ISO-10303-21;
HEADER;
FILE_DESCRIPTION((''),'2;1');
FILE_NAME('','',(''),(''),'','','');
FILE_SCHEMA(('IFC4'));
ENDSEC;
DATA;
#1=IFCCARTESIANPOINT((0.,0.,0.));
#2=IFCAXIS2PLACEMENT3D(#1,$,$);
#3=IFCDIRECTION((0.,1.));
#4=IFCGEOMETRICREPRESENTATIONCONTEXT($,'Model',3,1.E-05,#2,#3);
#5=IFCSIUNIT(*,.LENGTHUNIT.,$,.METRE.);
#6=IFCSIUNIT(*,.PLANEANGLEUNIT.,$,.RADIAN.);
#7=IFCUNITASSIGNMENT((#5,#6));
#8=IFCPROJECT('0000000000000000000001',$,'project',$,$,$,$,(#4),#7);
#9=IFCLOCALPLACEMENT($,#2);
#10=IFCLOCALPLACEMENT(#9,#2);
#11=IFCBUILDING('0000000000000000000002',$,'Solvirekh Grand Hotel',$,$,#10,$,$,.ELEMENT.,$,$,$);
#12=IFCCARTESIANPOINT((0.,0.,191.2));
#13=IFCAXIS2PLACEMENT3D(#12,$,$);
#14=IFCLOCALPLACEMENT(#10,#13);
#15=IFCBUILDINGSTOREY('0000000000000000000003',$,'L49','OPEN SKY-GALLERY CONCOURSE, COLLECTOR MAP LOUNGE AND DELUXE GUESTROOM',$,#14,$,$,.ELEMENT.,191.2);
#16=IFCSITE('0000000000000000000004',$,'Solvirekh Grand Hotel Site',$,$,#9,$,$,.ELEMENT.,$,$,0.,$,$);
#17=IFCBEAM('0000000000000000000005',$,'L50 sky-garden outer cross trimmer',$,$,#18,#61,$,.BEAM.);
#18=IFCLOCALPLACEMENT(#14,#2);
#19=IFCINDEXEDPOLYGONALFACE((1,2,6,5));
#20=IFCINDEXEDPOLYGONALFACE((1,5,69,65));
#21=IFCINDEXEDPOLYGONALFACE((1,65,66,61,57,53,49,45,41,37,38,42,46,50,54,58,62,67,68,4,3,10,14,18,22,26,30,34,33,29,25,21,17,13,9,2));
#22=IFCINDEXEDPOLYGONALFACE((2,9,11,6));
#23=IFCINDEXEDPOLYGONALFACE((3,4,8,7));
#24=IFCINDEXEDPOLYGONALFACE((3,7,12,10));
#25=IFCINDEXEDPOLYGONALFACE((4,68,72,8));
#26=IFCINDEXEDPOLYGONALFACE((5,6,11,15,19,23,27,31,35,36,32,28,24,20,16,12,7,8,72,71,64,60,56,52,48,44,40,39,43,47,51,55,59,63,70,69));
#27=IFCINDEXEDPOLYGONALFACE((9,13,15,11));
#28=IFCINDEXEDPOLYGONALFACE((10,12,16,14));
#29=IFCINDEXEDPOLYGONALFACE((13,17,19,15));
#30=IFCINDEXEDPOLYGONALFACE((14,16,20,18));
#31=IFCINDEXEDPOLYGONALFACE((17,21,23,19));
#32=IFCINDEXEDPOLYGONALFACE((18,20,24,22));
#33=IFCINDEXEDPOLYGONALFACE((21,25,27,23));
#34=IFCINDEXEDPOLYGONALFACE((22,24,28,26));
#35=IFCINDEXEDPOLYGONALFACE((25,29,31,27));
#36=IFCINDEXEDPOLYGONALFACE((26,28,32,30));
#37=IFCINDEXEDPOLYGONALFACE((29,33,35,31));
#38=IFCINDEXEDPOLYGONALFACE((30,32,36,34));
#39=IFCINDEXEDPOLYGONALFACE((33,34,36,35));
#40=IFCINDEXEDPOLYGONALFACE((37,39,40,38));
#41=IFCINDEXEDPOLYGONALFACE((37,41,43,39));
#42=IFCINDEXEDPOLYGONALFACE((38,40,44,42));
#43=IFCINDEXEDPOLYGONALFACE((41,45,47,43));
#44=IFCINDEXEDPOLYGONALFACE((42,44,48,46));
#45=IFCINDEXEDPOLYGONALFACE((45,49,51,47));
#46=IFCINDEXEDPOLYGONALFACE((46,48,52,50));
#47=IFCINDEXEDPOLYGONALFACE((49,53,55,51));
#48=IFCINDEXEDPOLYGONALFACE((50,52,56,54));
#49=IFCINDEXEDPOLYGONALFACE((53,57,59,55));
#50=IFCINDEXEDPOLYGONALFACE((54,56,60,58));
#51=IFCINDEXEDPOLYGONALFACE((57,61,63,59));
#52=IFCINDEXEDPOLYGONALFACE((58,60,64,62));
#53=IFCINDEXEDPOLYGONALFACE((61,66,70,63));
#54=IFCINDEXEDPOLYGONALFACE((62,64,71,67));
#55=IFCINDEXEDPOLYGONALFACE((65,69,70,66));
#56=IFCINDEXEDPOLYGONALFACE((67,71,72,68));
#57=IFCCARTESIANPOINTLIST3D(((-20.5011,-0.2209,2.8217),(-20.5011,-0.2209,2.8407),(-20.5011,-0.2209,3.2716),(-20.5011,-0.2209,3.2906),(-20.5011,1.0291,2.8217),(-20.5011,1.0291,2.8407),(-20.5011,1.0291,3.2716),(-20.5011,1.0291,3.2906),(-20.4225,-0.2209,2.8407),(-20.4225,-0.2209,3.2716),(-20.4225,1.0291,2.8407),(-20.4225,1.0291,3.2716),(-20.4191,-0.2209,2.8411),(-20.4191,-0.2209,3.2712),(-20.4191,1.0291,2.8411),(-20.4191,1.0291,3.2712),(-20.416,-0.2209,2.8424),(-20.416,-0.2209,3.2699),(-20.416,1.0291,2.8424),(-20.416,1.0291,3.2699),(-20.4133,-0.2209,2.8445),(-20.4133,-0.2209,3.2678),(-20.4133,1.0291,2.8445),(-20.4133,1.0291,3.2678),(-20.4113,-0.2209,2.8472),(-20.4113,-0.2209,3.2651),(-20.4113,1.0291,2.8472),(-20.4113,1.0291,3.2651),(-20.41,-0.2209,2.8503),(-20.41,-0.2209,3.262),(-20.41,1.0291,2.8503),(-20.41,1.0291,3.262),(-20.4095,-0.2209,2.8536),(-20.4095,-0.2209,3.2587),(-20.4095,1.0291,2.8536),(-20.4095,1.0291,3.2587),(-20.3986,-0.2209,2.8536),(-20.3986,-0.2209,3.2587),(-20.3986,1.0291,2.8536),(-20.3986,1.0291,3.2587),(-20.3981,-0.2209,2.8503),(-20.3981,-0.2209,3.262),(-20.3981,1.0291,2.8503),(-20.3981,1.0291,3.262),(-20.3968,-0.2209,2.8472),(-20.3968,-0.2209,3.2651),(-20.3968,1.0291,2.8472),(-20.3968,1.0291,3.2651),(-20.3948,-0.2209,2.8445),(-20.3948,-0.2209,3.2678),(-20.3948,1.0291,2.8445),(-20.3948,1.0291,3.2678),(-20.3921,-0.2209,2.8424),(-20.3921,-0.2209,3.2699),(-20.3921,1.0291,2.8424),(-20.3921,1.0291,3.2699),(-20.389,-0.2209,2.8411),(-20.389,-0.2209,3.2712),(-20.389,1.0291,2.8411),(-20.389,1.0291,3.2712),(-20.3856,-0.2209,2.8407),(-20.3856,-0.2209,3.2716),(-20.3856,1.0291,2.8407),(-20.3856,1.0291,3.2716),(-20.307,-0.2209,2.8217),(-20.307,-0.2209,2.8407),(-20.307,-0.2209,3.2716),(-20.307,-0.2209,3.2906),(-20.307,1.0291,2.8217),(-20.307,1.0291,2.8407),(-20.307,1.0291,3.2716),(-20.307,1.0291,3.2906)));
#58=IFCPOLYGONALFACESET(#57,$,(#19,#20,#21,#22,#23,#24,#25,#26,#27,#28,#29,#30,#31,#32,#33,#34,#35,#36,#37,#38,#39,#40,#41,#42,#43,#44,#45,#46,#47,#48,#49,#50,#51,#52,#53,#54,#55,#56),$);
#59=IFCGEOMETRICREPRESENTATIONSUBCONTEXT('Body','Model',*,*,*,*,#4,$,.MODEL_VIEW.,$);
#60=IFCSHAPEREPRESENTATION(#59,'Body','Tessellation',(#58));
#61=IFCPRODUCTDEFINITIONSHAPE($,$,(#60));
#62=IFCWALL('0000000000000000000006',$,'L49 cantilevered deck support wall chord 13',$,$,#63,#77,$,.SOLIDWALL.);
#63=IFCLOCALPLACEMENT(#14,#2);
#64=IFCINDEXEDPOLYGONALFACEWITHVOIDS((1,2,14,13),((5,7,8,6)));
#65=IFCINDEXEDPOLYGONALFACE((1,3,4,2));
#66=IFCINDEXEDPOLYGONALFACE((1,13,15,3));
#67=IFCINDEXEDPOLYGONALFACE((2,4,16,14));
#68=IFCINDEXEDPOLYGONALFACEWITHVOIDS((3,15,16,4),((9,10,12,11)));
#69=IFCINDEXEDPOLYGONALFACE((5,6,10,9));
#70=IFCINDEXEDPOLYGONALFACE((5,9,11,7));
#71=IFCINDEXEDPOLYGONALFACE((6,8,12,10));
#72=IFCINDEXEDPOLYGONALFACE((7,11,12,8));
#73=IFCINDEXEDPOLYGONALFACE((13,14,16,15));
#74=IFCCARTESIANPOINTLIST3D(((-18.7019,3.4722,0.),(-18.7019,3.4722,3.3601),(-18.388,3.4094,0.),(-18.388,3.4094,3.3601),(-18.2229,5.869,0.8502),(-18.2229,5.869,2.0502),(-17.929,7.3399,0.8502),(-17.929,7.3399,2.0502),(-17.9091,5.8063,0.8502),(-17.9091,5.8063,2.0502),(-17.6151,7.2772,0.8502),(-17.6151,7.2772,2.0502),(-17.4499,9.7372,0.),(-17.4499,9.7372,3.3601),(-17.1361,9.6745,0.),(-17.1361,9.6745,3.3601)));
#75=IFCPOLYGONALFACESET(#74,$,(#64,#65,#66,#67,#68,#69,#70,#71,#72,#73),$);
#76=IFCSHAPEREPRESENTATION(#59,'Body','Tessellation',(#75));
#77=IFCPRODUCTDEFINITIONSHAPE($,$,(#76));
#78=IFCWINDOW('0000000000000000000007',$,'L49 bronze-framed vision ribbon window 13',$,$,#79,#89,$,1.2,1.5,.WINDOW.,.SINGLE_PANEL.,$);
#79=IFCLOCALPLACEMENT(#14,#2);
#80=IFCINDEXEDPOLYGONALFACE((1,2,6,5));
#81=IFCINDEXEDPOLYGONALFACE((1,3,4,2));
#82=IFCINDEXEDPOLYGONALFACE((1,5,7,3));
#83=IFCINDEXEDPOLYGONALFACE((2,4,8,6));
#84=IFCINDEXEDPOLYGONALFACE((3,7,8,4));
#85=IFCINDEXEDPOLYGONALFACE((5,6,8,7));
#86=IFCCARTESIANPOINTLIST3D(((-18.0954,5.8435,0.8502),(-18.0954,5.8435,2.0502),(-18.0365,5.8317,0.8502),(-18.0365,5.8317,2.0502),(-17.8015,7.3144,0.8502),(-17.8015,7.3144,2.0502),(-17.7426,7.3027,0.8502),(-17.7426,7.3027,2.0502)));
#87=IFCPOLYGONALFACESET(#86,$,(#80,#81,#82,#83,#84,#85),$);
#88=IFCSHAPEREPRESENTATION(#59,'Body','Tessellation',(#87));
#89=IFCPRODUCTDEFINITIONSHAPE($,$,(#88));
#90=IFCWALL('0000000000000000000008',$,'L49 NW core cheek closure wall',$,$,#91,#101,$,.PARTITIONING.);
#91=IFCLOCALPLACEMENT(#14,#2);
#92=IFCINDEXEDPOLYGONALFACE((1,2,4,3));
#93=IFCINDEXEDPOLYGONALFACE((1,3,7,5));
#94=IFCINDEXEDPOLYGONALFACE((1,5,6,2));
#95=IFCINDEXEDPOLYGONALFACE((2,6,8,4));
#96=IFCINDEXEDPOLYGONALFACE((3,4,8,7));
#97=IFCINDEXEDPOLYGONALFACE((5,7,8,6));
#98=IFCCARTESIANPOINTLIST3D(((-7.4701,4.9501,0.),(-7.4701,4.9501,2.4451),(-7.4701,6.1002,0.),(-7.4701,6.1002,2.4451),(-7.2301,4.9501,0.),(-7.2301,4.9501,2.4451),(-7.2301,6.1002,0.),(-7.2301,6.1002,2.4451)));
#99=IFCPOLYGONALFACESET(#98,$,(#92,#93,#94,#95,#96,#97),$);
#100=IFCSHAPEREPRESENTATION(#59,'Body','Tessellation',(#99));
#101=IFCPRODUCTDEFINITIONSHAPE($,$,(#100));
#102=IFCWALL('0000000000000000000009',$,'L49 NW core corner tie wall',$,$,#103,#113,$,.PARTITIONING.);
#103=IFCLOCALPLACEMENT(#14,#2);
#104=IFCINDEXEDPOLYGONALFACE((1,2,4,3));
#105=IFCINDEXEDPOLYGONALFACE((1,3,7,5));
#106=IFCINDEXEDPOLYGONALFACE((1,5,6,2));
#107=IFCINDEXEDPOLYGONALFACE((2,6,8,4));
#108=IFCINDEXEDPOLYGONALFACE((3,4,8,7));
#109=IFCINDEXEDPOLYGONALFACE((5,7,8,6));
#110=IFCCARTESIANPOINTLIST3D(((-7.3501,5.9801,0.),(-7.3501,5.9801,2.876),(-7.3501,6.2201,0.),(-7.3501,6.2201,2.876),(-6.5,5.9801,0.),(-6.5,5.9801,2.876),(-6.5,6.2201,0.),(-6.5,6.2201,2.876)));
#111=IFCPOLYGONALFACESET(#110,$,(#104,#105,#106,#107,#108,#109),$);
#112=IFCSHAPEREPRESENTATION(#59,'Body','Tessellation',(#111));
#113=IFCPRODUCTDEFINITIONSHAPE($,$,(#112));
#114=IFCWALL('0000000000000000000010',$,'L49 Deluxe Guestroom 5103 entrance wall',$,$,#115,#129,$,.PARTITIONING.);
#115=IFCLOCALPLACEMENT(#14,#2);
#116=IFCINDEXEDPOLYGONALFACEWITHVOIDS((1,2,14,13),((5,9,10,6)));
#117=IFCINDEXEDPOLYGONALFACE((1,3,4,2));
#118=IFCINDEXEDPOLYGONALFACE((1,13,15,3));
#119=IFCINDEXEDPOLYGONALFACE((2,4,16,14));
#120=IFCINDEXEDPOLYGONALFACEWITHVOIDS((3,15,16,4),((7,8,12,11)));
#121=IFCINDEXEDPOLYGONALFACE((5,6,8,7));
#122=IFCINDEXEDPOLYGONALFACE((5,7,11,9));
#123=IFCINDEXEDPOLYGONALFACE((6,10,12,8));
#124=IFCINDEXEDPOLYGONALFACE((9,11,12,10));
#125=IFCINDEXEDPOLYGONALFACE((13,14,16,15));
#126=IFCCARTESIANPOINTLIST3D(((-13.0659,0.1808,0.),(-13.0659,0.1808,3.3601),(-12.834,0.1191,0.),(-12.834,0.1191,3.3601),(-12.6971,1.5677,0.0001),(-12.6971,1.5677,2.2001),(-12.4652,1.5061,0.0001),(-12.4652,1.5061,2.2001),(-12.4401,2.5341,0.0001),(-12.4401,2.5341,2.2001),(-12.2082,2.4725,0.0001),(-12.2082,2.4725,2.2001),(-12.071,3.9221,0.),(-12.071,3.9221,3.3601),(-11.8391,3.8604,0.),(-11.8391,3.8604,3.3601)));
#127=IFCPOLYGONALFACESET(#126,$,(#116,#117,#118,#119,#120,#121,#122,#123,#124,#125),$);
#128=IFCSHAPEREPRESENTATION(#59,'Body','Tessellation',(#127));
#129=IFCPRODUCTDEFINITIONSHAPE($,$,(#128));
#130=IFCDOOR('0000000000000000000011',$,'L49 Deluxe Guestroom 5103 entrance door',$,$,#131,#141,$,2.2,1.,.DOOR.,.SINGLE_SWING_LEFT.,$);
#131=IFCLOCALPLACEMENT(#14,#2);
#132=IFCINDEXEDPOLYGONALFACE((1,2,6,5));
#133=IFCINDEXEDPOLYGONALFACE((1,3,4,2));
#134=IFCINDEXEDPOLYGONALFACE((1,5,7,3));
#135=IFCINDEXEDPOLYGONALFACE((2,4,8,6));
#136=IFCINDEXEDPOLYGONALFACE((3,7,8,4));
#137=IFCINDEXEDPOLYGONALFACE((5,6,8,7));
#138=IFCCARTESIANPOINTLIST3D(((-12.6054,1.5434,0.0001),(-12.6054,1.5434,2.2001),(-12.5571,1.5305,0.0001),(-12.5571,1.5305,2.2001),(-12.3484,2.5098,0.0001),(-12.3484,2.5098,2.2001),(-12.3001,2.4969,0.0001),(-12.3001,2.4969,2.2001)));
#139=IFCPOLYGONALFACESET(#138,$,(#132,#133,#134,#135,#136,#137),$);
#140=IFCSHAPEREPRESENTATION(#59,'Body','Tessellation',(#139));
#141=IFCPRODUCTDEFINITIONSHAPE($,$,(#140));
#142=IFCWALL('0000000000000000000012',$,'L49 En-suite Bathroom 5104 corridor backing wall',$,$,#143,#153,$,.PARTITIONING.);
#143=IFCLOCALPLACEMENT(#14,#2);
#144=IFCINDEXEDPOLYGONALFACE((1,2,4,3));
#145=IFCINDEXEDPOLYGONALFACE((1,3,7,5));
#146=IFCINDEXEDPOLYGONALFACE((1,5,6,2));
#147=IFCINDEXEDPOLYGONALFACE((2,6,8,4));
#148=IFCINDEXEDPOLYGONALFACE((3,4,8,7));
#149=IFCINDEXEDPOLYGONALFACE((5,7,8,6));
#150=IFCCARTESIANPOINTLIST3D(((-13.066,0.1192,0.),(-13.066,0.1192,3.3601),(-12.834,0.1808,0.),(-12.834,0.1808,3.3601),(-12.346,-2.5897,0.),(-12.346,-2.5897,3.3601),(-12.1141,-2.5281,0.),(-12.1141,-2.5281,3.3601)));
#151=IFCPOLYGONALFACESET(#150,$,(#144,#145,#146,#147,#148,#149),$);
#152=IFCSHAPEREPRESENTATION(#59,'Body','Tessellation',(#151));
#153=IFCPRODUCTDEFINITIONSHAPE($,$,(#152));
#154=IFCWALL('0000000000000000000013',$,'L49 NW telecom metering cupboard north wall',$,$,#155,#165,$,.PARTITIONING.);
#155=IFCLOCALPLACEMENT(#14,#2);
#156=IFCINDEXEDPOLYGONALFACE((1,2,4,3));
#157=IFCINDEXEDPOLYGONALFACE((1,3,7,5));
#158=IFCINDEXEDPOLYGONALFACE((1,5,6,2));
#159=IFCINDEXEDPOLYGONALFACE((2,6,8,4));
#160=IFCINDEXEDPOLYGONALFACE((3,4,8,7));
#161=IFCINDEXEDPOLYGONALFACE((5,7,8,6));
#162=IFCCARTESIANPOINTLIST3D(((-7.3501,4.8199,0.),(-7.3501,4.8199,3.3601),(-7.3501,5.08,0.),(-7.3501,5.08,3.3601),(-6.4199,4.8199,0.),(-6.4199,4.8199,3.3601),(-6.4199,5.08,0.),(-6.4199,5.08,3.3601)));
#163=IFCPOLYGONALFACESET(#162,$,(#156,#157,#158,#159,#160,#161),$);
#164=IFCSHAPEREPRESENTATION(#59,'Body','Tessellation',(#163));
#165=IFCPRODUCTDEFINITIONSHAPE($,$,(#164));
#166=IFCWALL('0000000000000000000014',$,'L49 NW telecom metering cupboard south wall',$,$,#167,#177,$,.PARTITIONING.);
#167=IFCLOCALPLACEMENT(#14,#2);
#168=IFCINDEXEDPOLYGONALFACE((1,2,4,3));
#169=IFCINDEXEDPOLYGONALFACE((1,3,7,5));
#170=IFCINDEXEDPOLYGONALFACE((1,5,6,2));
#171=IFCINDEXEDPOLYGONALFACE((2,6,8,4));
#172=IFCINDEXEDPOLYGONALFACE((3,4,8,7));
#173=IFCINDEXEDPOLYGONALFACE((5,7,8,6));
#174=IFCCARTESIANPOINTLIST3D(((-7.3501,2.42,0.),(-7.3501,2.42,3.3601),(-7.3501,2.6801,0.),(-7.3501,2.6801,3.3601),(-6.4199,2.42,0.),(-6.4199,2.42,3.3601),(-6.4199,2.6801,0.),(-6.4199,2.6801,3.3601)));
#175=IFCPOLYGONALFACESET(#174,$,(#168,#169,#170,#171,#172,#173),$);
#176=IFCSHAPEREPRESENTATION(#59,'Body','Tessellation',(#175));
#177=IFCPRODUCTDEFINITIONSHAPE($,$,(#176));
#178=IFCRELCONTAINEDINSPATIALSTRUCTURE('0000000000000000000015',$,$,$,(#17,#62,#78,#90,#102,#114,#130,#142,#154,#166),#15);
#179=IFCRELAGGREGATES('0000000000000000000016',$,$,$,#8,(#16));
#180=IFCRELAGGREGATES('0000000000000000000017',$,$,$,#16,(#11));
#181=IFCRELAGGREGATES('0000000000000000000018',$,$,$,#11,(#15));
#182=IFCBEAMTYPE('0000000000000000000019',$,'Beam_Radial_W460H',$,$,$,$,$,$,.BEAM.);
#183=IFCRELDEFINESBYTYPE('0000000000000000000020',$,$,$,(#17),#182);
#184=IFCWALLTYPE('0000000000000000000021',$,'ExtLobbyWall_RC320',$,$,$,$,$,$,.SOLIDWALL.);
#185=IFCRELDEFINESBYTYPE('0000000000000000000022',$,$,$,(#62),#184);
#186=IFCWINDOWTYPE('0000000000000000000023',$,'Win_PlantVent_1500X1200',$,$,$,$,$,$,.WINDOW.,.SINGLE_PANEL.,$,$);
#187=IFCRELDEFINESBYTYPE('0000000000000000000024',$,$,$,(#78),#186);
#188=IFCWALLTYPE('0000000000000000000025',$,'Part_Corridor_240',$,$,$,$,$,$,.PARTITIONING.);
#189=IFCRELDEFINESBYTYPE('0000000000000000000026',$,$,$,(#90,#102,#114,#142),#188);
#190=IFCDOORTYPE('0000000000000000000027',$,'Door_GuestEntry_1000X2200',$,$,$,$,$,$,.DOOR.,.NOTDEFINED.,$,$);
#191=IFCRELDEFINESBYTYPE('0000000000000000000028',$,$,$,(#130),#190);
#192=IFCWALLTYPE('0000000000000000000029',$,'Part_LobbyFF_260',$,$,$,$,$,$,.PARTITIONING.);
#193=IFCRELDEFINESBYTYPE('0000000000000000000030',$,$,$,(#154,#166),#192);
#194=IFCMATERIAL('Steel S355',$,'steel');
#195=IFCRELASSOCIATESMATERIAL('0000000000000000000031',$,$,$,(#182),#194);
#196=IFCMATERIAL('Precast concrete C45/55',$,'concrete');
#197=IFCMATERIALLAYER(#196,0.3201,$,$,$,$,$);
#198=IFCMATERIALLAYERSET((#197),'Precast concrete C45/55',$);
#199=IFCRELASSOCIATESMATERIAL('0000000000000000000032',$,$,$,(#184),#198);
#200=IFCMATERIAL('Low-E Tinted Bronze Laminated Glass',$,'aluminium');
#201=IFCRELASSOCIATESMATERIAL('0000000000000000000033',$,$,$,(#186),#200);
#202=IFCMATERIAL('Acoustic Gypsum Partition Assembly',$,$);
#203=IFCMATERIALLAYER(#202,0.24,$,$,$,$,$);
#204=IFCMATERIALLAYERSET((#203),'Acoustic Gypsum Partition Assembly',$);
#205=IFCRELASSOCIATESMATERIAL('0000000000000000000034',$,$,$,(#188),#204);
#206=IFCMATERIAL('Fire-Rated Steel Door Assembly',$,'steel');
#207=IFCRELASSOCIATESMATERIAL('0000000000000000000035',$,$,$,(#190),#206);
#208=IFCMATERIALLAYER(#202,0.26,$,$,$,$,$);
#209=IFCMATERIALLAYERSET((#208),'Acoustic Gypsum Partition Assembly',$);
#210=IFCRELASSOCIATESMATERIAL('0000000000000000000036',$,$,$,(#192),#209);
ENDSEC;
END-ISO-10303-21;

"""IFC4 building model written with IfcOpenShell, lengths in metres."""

from ifc_helpers import new_model, si_unit, direction, frame, frame_2d, origin, origin_2d, place, context, subcontext, project, spatial, rectangle, i_section, extrude, material, layer, layer_set, material_profile, profile_set, type_object, element, fill, save


model = new_model("IFC4")

# Units and contexts
model_context = context("Model", 3, precision=1e-05, world=origin(), true_north=direction((0.0, 1.0)))
body_context = subcontext(model_context, "Body", "Model", "MODEL_VIEW")
ifc_project = project(units=[si_unit("LENGTHUNIT", "METRE"), si_unit("PLANEANGLEUNIT", "RADIAN")], contexts=[model_context])

# Site, building, storey
site_placement = place(None, origin())
site = spatial("IfcSite", under=ifc_project, at=site_placement, Name="Solvirekh Grand Hotel Site", CompositionType="ELEMENT", RefElevation=0.0)
building_placement = place(site_placement, origin())
building = spatial("IfcBuilding", under=site, at=building_placement, Name="Solvirekh Grand Hotel", CompositionType="ELEMENT")
storey_placement = place(building_placement, frame((0.0, 0.0, 191.2)))
storey = spatial("IfcBuildingStorey", under=building, at=storey_placement, Name="L49", Description="OPEN SKY-GALLERY CONCOURSE, COLLECTOR MAP LOUNGE AND DELUXE GUESTROOM", CompositionType="ELEMENT", Elevation=191.2)

# Beam
ifc_material_1 = material(Name="Steel S355", Category="steel")
ifc_material_profile = material_profile(ifc_material_1, i_section(OverallWidth=0.1941, OverallDepth=0.469, WebThickness=0.011, FlangeThickness=0.019, FilletRadius=0.0129, at=origin_2d()), Name="W460X106")
ifc_profile_set = profile_set([ifc_material_profile], Name="Steel S355")
beam_type = type_object("IfcBeamType", Name="Beam_Radial_W460H", PredefinedType="BEAM", material=ifc_profile_set)
beam_placement = place(storey_placement, frame((-20.4041, 1.0291, 3.0562), z_axis=(0.0, -1.0, 0.0), x_axis=(1.0, 0.0, 0.0)))
element("IfcBeam", 1, at=beam_placement, inside=storey, type_object=beam_type, Name="L50 sky-garden outer cross trimmer", PredefinedType="BEAM", context=body_context, shape_type="SweptSolid", body=[
    extrude(i_section(OverallWidth=0.1941, OverallDepth=0.469, WebThickness=0.011, FlangeThickness=0.019, FilletRadius=0.0129, at=origin_2d()), origin(), (0.0, 0.0, 1.0), 1.25),
])

# Wall, opening, window
ifc_material_2 = material(Name="Precast concrete C45/55", Category="concrete")
ifc_layer_1 = layer(ifc_material_2, 0.3201)
ifc_layer_set_1 = layer_set([ifc_layer_1], Name="Precast concrete C45/55")
wall_type_1 = type_object("IfcWallType", Name="ExtLobbyWall_RC320", PredefinedType="SOLIDWALL", material=ifc_layer_set_1)
wall_1_placement = place(storey_placement, frame((-18.5449, 3.4409, 0.0), z_axis=(0.0, 0.0, 1.0), x_axis=(0.195954, 0.980613, 0.0)))
wall_1 = element("IfcWall", 2, at=wall_1_placement, inside=storey, type_object=wall_type_1, Name="L49 cantilevered deck support wall chord 13", PredefinedType="SOLIDWALL", context=body_context, shape_type="SweptSolid", body=[
    extrude(rectangle(XDim=6.3889, YDim=0.3201, at=frame_2d((3.1943, 0.0))), origin(), (0.0, 0.0, 1.0), 3.3601),
])
opening_1_placement = place(wall_1_placement, frame((2.4441, 0.0, 0.8501)))
opening_1 = element("IfcOpeningElement", 3, at=opening_1_placement, cuts=wall_1, PredefinedType="OPENING", context=body_context, shape_type="SweptSolid", body=[
    extrude(rectangle(XDim=1.5, YDim=1.2, at=frame_2d((0.75, 0.6001))), frame((0.0, 0.1699, 0.0), z_axis=(0.0, -1.0, 0.0), x_axis=(1.0, 0.0, 0.0)), (0.0, 0.0, 1.0), 0.3401),
])
ifc_material_3 = material(Name="Low-E Tinted Bronze Laminated Glass", Category="aluminium")
window_type = type_object("IfcWindowType", Name="Win_PlantVent_1500X1200", PartitioningType="SINGLE_PANEL", PredefinedType="WINDOW", material=ifc_material_3)
window_placement = place(opening_1_placement, origin())
window = element("IfcWindow", 4, at=window_placement, inside=storey, type_object=window_type, Name="L49 bronze-framed vision ribbon window 13", OverallHeight=1.2, OverallWidth=1.5, PartitioningType="SINGLE_PANEL", PredefinedType="WINDOW", context=body_context, shape_type="SweptSolid", body=[
    extrude(rectangle(XDim=1.5, YDim=1.2, at=frame_2d((0.75, 0.6001))), frame((0.0, 0.03, 0.0), z_axis=(0.0, -1.0, 0.0), x_axis=(1.0, 0.0, 0.0)), (0.0, 0.0, 1.0), 0.0601),
])
fill(opening_1, window)

# Walls
ifc_material_4 = material(Name="Acoustic Gypsum Partition Assembly")
ifc_layer_2 = layer(ifc_material_4, 0.24)
ifc_layer_set_2 = layer_set([ifc_layer_2], Name="Acoustic Gypsum Partition Assembly")
wall_type_2 = type_object("IfcWallType", Name="Part_Corridor_240", PredefinedType="PARTITIONING", material=ifc_layer_set_2)
wall_2_placement = place(storey_placement, frame((-7.3501, 4.95, 0.0), z_axis=(0.0, 0.0, 1.0), x_axis=(0.0, 1.0, 0.0)))
element("IfcWall", 5, at=wall_2_placement, inside=storey, type_object=wall_type_2, Name="L49 NW core cheek closure wall", PredefinedType="PARTITIONING", context=body_context, shape_type="SweptSolid", body=[
    extrude(rectangle(XDim=1.1501, YDim=0.24, at=frame_2d((0.5752, 0.0))), origin(), (0.0, 0.0, 1.0), 2.4451),
])
wall_3_placement = place(storey_placement, frame((-7.3501, 6.1001, 0.0), z_axis=(0.0, 0.0, 1.0), x_axis=(1.0, 0.0, 0.0)))
element("IfcWall", 6, at=wall_3_placement, inside=storey, type_object=wall_type_2, Name="L49 NW core corner tie wall", PredefinedType="PARTITIONING", context=body_context, shape_type="SweptSolid", body=[
    extrude(rectangle(XDim=0.8501, YDim=0.24, at=frame_2d((0.425, 0.0))), origin(), (0.0, 0.0, 1.0), 2.876),
])

# Wall, opening, door
wall_4_placement = place(storey_placement, frame((-11.9551, 3.8911, 0.0), z_axis=(0.0, 0.0, 1.0), x_axis=(-0.256991, -0.966414, 0.0)))
wall_4 = element("IfcWall", 7, at=wall_4_placement, inside=storey, type_object=wall_type_2, Name="L49 Deluxe Guestroom 5103 entrance wall", PredefinedType="PARTITIONING", context=body_context, shape_type="SweptSolid", body=[
    extrude(rectangle(XDim=3.8713, YDim=0.24, at=frame_2d((1.9355, 0.0))), origin(), (0.0, 0.0, 1.0), 3.3601),
])
opening_2_placement = place(wall_4_placement, frame((1.436, 0.0, 0.0)))
opening_2 = element("IfcOpeningElement", 8, at=opening_2_placement, cuts=wall_4, PredefinedType="OPENING", context=body_context, shape_type="SweptSolid", body=[
    extrude(rectangle(XDim=1.0, YDim=2.2, at=frame_2d((0.5, 1.1001))), frame((0.0, 0.1299, 0.0), z_axis=(0.0, -1.0, 0.0), x_axis=(1.0, 0.0, 0.0)), (0.0, 0.0, 1.0), 0.26),
])
ifc_material_5 = material(Name="Fire-Rated Steel Door Assembly", Category="steel")
door_type_1 = type_object("IfcDoorType", Name="Door_GuestEntry_1000X2200", OperationType="NOTDEFINED", PredefinedType="DOOR", material=ifc_material_5)
door_1_placement = place(opening_2_placement, origin())
door_1 = element("IfcDoor", 9, at=door_1_placement, inside=storey, type_object=door_type_1, Name="L49 Deluxe Guestroom 5103 entrance door", OperationType="SINGLE_SWING_LEFT", OverallHeight=2.2, OverallWidth=1.0, PredefinedType="DOOR", context=body_context, shape_type="SweptSolid", body=[
    extrude(rectangle(XDim=1.0, YDim=2.2, at=frame_2d((0.5, 1.1001))), frame((0.0, 0.0249, 0.0), z_axis=(0.0, -1.0, 0.0), x_axis=(1.0, 0.0, 0.0)), (0.0, 0.0, 1.0), 0.05),
])
fill(opening_2, door_1)

# Walls
wall_5_placement = place(storey_placement, frame((-12.95, 0.1499, 0.0), z_axis=(0.0, 0.0, 1.0), x_axis=(0.256855, -0.96645, 0.0)))
element("IfcWall", 10, at=wall_5_placement, inside=storey, type_object=wall_type_2, Name="L49 En-suite Bathroom 5104 corridor backing wall", PredefinedType="PARTITIONING", context=body_context, shape_type="SweptSolid", body=[
    extrude(rectangle(XDim=2.803, YDim=0.24, at=frame_2d((1.4014, 0.0))), origin(), (0.0, 0.0, 1.0), 3.3601),
])
ifc_layer_3 = layer(ifc_material_4, 0.26)
ifc_layer_set_3 = layer_set([ifc_layer_3], Name="Acoustic Gypsum Partition Assembly")
wall_type_3 = type_object("IfcWallType", Name="Part_LobbyFF_260", PredefinedType="PARTITIONING", material=ifc_layer_set_3)
for number, where, z_axis, x_axis, name in (
    (11, (-7.3501, 4.95, 0.0), (0.0, 0.0, 1.0), (1.0, 0.0, 0.0), "L49 NW telecom metering cupboard north wall"),
    (12, (-7.3501, 2.55, 0.0), (0.0, 0.0, 1.0), (1.0, 0.0, 0.0), "L49 NW telecom metering cupboard south wall"),
):
    element("IfcWall", number, at=place(storey_placement, frame(where, z_axis=z_axis, x_axis=x_axis)), inside=storey, type_object=wall_type_3, Name=name, PredefinedType="PARTITIONING", context=body_context, shape_type="SweptSolid", body=[
        extrude(rectangle(XDim=0.9302, YDim=0.26, at=frame_2d((0.4651, 0.0))), origin(), (0.0, 0.0, 1.0), 3.3601),
    ])

save(model, "model.ifc")
